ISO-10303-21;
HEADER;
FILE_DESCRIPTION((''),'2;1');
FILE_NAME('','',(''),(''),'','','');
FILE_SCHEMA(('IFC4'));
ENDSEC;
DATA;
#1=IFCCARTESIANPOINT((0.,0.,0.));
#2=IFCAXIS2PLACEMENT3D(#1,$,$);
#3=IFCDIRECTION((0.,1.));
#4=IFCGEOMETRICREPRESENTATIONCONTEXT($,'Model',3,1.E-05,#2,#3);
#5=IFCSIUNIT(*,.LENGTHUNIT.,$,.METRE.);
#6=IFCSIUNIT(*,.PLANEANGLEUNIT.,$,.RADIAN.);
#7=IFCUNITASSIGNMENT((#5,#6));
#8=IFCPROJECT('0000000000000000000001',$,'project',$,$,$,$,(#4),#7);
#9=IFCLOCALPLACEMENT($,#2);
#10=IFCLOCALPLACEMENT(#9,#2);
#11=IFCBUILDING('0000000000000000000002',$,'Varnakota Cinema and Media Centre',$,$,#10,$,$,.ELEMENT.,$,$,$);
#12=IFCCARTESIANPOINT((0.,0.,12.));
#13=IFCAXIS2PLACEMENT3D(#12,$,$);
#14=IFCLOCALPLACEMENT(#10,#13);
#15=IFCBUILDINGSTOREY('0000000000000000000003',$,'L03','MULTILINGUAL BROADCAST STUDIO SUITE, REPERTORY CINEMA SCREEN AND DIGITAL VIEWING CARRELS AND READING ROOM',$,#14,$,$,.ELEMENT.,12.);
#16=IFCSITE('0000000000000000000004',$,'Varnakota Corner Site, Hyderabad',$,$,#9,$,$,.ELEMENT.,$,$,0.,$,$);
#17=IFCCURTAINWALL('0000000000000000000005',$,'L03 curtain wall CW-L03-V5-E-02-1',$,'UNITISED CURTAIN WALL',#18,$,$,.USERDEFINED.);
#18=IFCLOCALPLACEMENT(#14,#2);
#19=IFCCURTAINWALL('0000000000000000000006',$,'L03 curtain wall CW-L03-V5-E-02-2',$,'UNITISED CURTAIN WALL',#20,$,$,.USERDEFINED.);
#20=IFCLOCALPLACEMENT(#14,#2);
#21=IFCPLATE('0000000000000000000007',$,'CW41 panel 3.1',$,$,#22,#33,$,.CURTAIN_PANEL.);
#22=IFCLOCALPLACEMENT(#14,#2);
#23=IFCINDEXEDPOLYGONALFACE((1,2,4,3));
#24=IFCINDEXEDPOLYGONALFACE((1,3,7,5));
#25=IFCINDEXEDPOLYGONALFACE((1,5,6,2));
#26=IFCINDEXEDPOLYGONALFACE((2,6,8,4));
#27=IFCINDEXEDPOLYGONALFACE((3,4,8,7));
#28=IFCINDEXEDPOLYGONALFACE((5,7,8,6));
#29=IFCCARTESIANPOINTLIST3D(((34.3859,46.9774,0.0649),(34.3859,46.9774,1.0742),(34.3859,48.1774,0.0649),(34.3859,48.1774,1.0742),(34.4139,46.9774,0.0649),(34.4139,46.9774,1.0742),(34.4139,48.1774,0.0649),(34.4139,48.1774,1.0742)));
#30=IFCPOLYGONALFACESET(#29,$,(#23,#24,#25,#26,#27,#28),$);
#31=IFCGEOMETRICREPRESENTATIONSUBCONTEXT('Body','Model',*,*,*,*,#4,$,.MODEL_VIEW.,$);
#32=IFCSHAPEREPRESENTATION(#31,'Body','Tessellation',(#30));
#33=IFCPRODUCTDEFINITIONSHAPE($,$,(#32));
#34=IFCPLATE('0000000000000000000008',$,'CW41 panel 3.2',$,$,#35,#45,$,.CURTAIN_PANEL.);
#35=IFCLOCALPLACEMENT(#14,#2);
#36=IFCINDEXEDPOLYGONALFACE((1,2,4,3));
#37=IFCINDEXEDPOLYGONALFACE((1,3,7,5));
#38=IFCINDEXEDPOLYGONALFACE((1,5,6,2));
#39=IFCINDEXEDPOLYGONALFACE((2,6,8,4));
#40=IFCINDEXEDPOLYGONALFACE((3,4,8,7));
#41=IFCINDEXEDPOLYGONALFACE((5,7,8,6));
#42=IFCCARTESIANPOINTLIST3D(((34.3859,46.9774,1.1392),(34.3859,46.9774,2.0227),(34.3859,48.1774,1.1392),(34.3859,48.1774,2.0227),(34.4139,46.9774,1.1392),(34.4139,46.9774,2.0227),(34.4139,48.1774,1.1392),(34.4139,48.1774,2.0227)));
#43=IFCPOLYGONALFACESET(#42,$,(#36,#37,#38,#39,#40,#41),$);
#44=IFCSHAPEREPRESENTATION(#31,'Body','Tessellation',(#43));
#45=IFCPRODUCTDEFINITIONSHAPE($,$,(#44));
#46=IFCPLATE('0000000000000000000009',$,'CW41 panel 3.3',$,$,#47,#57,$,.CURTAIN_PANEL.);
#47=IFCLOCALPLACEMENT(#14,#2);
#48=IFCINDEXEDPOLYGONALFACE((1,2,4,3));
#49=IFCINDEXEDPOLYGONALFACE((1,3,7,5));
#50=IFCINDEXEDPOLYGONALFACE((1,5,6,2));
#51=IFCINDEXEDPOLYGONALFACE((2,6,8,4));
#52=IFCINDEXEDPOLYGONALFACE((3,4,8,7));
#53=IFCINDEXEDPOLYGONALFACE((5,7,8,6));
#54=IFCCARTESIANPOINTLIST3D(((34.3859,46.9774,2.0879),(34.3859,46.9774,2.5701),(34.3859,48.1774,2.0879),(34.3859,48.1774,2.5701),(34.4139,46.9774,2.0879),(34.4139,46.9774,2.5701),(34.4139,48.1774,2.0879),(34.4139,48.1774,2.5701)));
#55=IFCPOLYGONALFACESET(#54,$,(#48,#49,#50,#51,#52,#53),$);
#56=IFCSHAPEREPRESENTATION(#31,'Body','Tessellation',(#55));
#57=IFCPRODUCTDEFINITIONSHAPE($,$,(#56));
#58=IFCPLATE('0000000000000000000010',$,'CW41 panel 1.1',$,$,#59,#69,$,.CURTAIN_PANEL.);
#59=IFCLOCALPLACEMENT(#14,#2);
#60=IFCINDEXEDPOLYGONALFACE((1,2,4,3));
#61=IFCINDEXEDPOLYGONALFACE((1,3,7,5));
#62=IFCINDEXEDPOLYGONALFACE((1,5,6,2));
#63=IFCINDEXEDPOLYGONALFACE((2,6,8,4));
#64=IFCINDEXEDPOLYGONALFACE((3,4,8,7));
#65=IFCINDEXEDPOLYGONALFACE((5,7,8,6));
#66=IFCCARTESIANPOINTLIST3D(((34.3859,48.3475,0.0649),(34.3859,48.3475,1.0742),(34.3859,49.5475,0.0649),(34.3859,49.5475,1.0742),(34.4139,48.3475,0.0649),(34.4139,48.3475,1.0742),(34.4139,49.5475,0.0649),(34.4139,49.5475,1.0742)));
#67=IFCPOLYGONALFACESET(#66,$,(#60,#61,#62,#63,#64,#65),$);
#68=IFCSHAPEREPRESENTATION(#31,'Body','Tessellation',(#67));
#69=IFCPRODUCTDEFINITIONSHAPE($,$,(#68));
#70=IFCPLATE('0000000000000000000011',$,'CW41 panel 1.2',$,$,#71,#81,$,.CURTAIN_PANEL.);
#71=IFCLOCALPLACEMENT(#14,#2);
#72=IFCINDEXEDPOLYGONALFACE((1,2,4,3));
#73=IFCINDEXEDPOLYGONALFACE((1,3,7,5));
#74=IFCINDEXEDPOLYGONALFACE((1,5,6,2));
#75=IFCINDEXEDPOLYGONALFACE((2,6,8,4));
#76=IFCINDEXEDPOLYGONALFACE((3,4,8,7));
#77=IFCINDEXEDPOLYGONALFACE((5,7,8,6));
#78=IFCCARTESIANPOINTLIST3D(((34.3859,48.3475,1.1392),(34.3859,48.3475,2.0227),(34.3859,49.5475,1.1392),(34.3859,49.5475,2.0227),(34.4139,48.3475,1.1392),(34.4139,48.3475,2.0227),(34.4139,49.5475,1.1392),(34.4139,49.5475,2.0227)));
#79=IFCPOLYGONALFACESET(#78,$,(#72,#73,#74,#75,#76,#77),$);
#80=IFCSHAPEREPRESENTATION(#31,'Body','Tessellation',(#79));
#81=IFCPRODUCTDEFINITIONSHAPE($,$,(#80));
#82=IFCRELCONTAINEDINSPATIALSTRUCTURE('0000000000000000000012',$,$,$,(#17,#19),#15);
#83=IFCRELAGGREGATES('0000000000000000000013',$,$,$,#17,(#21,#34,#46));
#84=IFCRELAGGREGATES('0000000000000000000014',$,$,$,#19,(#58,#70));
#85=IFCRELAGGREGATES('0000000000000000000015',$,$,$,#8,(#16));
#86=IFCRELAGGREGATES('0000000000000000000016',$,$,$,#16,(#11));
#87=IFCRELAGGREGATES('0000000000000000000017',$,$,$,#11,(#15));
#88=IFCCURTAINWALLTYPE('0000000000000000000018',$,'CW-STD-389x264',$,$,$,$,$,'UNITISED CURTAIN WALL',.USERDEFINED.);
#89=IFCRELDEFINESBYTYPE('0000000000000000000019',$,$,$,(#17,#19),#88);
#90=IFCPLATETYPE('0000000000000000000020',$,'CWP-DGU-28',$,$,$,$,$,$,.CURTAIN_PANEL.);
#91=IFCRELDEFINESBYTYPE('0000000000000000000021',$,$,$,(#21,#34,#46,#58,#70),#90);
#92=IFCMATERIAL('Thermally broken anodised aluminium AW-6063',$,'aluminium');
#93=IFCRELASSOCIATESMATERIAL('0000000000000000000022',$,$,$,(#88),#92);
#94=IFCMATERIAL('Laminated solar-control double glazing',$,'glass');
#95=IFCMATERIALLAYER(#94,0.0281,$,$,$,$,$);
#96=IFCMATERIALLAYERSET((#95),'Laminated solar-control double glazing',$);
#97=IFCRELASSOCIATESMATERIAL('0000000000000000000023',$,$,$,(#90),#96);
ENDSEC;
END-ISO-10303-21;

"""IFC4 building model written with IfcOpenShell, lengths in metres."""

from ifc_helpers import new_model, si_unit, direction, frame, origin, origin_2d, place, context, subcontext, project, spatial, rectangle, extrude, material, layer, layer_set, type_object, element, aggregate, save


model = new_model("IFC4")

# Units and contexts
model_context = context("Model", 3, precision=1e-05, world=origin(), true_north=direction((0.0, 1.0)))
body_context = subcontext(model_context, "Body", "Model", "MODEL_VIEW")
ifc_project = project(units=[si_unit("LENGTHUNIT", "METRE"), si_unit("PLANEANGLEUNIT", "RADIAN")], contexts=[model_context])

# Site, building, storey
site_placement = place(None, origin())
site = spatial("IfcSite", under=ifc_project, at=site_placement, Name="Varnakota Corner Site, Hyderabad", CompositionType="ELEMENT", RefElevation=0.0)
building_placement = place(site_placement, origin())
building = spatial("IfcBuilding", under=site, at=building_placement, Name="Varnakota Cinema and Media Centre", CompositionType="ELEMENT")
storey_placement = place(building_placement, frame((0.0, 0.0, 12.0)))
storey = spatial("IfcBuildingStorey", under=building, at=storey_placement, Name="L03", Description="MULTILINGUAL BROADCAST STUDIO SUITE, REPERTORY CINEMA SCREEN AND DIGITAL VIEWING CARRELS AND READING ROOM", CompositionType="ELEMENT", Elevation=12.0)

# Curtain wall
ifc_material_1 = material(Name="Thermally broken anodised aluminium AW-6063", Category="aluminium")
curtain_wall_type = type_object("IfcCurtainWallType", Name="CW-STD-389x264", ElementType="UNITISED CURTAIN WALL", PredefinedType="USERDEFINED", material=ifc_material_1)
curtain_wall_1_placement = place(storey_placement, origin())
curtain_wall_1 = element("IfcCurtainWall", 1, at=curtain_wall_1_placement, inside=storey, type_object=curtain_wall_type, Name="L03 curtain wall CW-L03-V5-E-02-1", ObjectType="UNITISED CURTAIN WALL", PredefinedType="USERDEFINED")

# Curtain wall
curtain_wall_2_placement = place(storey_placement, origin())
curtain_wall_2 = element("IfcCurtainWall", 2, at=curtain_wall_2_placement, inside=storey, type_object=curtain_wall_type, Name="L03 curtain wall CW-L03-V5-E-02-2", ObjectType="UNITISED CURTAIN WALL", PredefinedType="USERDEFINED")

# Plates
ifc_material_2 = material(Name="Laminated solar-control double glazing", Category="glass")
ifc_layer = layer(ifc_material_2, 0.0281)
ifc_layer_set = layer_set([ifc_layer], Name="Laminated solar-control double glazing")
plate_type = type_object("IfcPlateType", Name="CWP-DGU-28", PredefinedType="CURTAIN_PANEL", material=ifc_layer_set)
plate_1_placement = place(storey_placement, frame((34.3999, 47.5774, 0.0649), z_axis=(0.0, 0.0, 1.0), x_axis=(0.0, 1.0, 0.0)))
plate_1 = element("IfcPlate", 3, at=plate_1_placement, type_object=plate_type, Name="CW41 panel 3.1", PredefinedType="CURTAIN_PANEL", context=body_context, shape_type="SweptSolid", body=[
    extrude(rectangle(XDim=1.2, YDim=0.0281, at=origin_2d()), origin(), (0.0, 0.0, 1.0), 1.0093),
])
plate_2_placement = place(storey_placement, frame((34.3999, 47.5774, 1.1392), z_axis=(0.0, 0.0, 1.0), x_axis=(0.0, 1.0, 0.0)))
plate_2 = element("IfcPlate", 4, at=plate_2_placement, type_object=plate_type, Name="CW41 panel 3.2", PredefinedType="CURTAIN_PANEL", context=body_context, shape_type="SweptSolid", body=[
    extrude(rectangle(XDim=1.2, YDim=0.0281, at=origin_2d()), origin(), (0.0, 0.0, 1.0), 0.8835),
])
plate_3_placement = place(storey_placement, frame((34.3999, 47.5774, 2.0879), z_axis=(0.0, 0.0, 1.0), x_axis=(0.0, 1.0, 0.0)))
plate_3 = element("IfcPlate", 5, at=plate_3_placement, type_object=plate_type, Name="CW41 panel 3.3", PredefinedType="CURTAIN_PANEL", context=body_context, shape_type="SweptSolid", body=[
    extrude(rectangle(XDim=1.2, YDim=0.0281, at=origin_2d()), origin(), (0.0, 0.0, 1.0), 0.4822),
])
aggregate(curtain_wall_1, [plate_1, plate_2, plate_3])
plate_4_placement = place(storey_placement, frame((34.3999, 48.9475, 0.0649), z_axis=(0.0, 0.0, 1.0), x_axis=(0.0, 1.0, 0.0)))
plate_4 = element("IfcPlate", 6, at=plate_4_placement, type_object=plate_type, Name="CW41 panel 1.1", PredefinedType="CURTAIN_PANEL", context=body_context, shape_type="SweptSolid", body=[
    extrude(rectangle(XDim=1.2, YDim=0.0281, at=origin_2d()), origin(), (0.0, 0.0, 1.0), 1.0093),
])
plate_5_placement = place(storey_placement, frame((34.3999, 48.9475, 1.1392), z_axis=(0.0, 0.0, 1.0), x_axis=(0.0, 1.0, 0.0)))
plate_5 = element("IfcPlate", 7, at=plate_5_placement, type_object=plate_type, Name="CW41 panel 1.2", PredefinedType="CURTAIN_PANEL", context=body_context, shape_type="SweptSolid", body=[
    extrude(rectangle(XDim=1.2, YDim=0.0281, at=origin_2d()), origin(), (0.0, 0.0, 1.0), 0.8835),
])
aggregate(curtain_wall_2, [plate_4, plate_5])

save(model, "model.ifc")
